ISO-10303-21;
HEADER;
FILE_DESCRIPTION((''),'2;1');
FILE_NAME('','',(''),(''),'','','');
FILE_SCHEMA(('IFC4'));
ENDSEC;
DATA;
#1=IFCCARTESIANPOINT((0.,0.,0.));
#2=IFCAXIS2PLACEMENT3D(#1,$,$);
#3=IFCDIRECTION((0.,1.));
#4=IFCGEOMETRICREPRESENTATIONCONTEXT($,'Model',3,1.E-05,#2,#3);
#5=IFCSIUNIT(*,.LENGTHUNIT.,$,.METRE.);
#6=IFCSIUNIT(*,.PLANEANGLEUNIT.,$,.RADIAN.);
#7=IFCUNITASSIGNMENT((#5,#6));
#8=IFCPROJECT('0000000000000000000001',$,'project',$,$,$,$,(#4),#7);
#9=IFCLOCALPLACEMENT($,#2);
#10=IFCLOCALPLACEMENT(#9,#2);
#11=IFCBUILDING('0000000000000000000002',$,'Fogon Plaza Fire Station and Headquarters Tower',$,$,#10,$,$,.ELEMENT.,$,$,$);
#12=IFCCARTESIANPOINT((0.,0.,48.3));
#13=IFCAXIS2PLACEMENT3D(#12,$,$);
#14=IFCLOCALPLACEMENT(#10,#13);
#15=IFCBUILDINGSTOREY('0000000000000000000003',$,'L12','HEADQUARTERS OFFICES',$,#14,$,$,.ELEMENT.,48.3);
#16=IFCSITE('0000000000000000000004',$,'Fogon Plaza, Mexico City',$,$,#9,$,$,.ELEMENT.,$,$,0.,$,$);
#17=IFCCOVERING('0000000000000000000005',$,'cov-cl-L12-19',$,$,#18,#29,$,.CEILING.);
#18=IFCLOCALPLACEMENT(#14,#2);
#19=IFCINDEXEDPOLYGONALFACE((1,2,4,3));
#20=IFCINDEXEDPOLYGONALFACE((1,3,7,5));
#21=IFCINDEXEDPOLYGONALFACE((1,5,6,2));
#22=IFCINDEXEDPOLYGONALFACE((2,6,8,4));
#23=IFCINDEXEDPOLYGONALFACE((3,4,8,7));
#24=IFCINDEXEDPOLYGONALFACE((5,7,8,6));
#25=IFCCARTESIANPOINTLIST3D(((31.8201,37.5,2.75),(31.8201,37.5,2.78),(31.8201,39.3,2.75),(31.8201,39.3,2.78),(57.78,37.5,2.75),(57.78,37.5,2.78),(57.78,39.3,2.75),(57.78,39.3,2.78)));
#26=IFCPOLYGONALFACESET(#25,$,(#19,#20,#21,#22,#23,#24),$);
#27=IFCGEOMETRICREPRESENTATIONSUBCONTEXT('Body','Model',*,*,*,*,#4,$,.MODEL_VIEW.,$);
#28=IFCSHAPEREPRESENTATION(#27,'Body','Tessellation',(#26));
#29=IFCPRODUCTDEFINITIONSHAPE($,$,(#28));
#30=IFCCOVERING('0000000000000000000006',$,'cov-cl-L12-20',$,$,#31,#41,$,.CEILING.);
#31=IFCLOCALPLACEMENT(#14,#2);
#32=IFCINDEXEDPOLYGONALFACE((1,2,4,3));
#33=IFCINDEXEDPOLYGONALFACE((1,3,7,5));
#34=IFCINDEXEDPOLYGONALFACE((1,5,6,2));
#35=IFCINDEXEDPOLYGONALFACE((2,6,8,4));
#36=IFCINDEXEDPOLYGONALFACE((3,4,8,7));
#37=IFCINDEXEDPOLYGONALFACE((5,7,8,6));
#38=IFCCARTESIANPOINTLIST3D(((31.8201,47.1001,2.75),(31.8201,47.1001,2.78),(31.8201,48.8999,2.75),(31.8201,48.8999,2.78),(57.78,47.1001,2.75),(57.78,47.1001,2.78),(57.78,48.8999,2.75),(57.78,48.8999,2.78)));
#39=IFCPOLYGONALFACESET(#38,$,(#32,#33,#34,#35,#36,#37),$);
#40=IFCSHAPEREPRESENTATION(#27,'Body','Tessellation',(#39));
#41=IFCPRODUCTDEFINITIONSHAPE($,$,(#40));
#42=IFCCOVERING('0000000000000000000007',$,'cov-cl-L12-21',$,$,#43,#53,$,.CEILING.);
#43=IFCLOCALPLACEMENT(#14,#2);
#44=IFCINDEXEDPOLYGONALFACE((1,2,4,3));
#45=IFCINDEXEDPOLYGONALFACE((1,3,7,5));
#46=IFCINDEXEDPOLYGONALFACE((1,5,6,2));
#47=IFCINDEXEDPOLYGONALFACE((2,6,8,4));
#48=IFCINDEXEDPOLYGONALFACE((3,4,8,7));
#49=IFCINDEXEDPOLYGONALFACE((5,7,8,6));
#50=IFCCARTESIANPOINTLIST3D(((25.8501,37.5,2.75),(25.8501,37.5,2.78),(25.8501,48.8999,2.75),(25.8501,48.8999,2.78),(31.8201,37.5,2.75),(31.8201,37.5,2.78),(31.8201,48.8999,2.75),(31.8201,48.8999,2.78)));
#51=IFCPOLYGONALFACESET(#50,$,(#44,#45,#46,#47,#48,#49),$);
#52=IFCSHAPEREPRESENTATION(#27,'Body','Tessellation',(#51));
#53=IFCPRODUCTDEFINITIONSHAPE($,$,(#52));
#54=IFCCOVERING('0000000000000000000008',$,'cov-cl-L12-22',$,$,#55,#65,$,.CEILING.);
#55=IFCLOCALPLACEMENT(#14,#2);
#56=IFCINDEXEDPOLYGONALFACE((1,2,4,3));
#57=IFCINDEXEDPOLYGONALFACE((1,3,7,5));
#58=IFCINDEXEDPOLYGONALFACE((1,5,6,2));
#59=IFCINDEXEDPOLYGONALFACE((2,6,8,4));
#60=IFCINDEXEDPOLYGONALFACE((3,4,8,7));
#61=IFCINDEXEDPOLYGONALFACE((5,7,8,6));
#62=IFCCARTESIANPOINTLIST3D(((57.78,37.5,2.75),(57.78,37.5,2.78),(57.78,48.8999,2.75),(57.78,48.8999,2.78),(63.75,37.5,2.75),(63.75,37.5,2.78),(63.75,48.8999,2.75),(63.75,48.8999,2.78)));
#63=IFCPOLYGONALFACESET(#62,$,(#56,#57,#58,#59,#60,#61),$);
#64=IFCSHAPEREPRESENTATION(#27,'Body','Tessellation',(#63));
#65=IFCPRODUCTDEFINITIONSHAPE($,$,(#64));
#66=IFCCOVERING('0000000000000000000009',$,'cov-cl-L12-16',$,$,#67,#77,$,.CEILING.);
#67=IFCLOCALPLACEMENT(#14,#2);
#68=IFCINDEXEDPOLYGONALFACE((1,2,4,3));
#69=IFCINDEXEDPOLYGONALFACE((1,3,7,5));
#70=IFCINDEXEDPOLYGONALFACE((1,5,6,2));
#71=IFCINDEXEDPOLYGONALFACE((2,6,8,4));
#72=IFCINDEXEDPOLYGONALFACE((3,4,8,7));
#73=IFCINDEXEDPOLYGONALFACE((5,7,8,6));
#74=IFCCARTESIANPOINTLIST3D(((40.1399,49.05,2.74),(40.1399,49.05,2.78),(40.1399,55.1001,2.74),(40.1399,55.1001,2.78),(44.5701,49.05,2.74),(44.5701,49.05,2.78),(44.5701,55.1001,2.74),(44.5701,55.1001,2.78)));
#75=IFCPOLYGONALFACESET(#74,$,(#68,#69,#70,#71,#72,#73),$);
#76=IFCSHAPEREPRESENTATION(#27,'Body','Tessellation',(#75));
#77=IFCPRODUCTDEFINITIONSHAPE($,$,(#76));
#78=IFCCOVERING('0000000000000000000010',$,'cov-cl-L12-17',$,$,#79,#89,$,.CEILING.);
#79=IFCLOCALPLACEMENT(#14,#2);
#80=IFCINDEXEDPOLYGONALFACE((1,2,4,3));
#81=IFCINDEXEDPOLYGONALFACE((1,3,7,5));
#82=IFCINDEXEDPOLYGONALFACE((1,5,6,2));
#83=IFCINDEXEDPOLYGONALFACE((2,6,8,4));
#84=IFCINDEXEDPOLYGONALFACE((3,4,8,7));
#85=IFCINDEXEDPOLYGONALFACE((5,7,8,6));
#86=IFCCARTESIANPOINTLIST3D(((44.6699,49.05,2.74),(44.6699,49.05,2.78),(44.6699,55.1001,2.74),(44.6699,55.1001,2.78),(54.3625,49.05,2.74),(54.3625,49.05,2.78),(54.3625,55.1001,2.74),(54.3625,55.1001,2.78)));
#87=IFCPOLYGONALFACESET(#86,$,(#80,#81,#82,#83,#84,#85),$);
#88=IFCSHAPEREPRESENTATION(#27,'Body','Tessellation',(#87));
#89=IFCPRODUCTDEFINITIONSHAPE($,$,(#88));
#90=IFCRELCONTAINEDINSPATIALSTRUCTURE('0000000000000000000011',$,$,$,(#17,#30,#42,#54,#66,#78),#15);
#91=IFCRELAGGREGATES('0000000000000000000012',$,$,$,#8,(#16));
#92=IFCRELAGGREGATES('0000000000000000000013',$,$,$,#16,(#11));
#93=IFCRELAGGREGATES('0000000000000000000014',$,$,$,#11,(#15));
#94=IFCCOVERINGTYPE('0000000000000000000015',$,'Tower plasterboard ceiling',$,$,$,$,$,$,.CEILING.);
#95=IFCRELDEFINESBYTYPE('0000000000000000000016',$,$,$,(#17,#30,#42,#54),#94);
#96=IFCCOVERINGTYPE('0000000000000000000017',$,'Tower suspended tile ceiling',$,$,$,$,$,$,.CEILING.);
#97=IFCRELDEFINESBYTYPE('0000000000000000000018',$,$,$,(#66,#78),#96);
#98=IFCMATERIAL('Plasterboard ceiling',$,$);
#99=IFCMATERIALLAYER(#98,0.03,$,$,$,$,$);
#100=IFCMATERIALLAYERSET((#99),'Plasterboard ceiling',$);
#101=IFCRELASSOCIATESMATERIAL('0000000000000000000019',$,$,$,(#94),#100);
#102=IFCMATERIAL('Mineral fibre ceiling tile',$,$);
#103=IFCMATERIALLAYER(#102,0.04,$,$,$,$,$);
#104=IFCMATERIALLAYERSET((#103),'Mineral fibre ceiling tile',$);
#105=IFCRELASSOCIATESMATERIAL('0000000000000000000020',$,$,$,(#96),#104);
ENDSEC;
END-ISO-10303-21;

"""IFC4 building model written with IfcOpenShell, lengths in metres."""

from ifc_helpers import new_model, si_unit, direction, frame, origin, place, context, subcontext, project, spatial, polyline, outline, extrude, material, layer, layer_set, type_object, element, save


model = new_model("IFC4")

# Units and contexts
model_context = context("Model", 3, precision=1e-05, world=origin(), true_north=direction((0.0, 1.0)))
body_context = subcontext(model_context, "Body", "Model", "MODEL_VIEW")
ifc_project = project(units=[si_unit("LENGTHUNIT", "METRE"), si_unit("PLANEANGLEUNIT", "RADIAN")], contexts=[model_context])

# Site, building, storey
site_placement = place(None, origin())
site = spatial("IfcSite", under=ifc_project, at=site_placement, Name="Fogon Plaza, Mexico City", CompositionType="ELEMENT", RefElevation=0.0)
building_placement = place(site_placement, origin())
building = spatial("IfcBuilding", under=site, at=building_placement, Name="Fogon Plaza Fire Station and Headquarters Tower", CompositionType="ELEMENT")
storey_placement = place(building_placement, frame((0.0, 0.0, 48.3)))
storey = spatial("IfcBuildingStorey", under=building, at=storey_placement, Name="L12", Description="HEADQUARTERS OFFICES", CompositionType="ELEMENT", Elevation=48.3)

# Coverings
ifc_material_1 = material(Name="Plasterboard ceiling")
ifc_layer_1 = layer(ifc_material_1, 0.03)
ifc_layer_set_1 = layer_set([ifc_layer_1], Name="Plasterboard ceiling")
covering_type_1 = type_object("IfcCoveringType", Name="Tower plasterboard ceiling", PredefinedType="CEILING", material=ifc_layer_set_1)
covering_1_placement = place(storey_placement, frame((0.0, 0.0, 2.75)))
element("IfcCovering", 1, at=covering_1_placement, inside=storey, type_object=covering_type_1, Name="cov-cl-L12-19", PredefinedType="CEILING", context=body_context, shape_type="SweptSolid", body=[
    extrude(outline(polyline([(57.78, 37.5), (57.78, 39.3), (31.8201, 39.3), (31.8201, 37.5), (57.78, 37.5)])), origin(), (0.0, 0.0, 1.0), 0.03),
])
covering_2_placement = place(storey_placement, frame((0.0, 0.0, 2.75)))
element("IfcCovering", 2, at=covering_2_placement, inside=storey, type_object=covering_type_1, Name="cov-cl-L12-20", PredefinedType="CEILING", context=body_context, shape_type="SweptSolid", body=[
    extrude(outline(polyline([(57.78, 47.1001), (57.78, 48.8999), (31.8201, 48.8999), (31.8201, 47.1001), (57.78, 47.1001)])), origin(), (0.0, 0.0, 1.0), 0.03),
])
covering_3_placement = place(storey_placement, frame((0.0, 0.0, 2.75)))
element("IfcCovering", 3, at=covering_3_placement, inside=storey, type_object=covering_type_1, Name="cov-cl-L12-21", PredefinedType="CEILING", context=body_context, shape_type="SweptSolid", body=[
    extrude(outline(polyline([(31.8201, 37.5), (31.8201, 48.8999), (25.8501, 48.8999), (25.8501, 37.5), (31.8201, 37.5)])), origin(), (0.0, 0.0, 1.0), 0.03),
])
covering_4_placement = place(storey_placement, frame((0.0, 0.0, 2.75)))
element("IfcCovering", 4, at=covering_4_placement, inside=storey, type_object=covering_type_1, Name="cov-cl-L12-22", PredefinedType="CEILING", context=body_context, shape_type="SweptSolid", body=[
    extrude(outline(polyline([(63.75, 37.5), (63.75, 48.8999), (57.78, 48.8999), (57.78, 37.5), (63.75, 37.5)])), origin(), (0.0, 0.0, 1.0), 0.03),
])
ifc_material_2 = material(Name="Mineral fibre ceiling tile")
ifc_layer_2 = layer(ifc_material_2, 0.04)
ifc_layer_set_2 = layer_set([ifc_layer_2], Name="Mineral fibre ceiling tile")
covering_type_2 = type_object("IfcCoveringType", Name="Tower suspended tile ceiling", PredefinedType="CEILING", material=ifc_layer_set_2)
covering_5_placement = place(storey_placement, frame((0.0, 0.0, 2.74)))
element("IfcCovering", 5, at=covering_5_placement, inside=storey, type_object=covering_type_2, Name="cov-cl-L12-16", PredefinedType="CEILING", context=body_context, shape_type="SweptSolid", body=[
    extrude(outline(polyline([(44.5701, 49.05), (44.5701, 55.1001), (40.1399, 55.1001), (40.1399, 49.05), (44.5701, 49.05)])), origin(), (0.0, 0.0, 1.0), 0.04),
])
covering_6_placement = place(storey_placement, frame((0.0, 0.0, 2.74)))
element("IfcCovering", 6, at=covering_6_placement, inside=storey, type_object=covering_type_2, Name="cov-cl-L12-17", PredefinedType="CEILING", context=body_context, shape_type="SweptSolid", body=[
    extrude(outline(polyline([(54.3625, 49.05), (54.3625, 55.1001), (44.6699, 55.1001), (44.6699, 49.05), (54.3625, 49.05)])), origin(), (0.0, 0.0, 1.0), 0.04),
])

save(model, "model.ifc")
